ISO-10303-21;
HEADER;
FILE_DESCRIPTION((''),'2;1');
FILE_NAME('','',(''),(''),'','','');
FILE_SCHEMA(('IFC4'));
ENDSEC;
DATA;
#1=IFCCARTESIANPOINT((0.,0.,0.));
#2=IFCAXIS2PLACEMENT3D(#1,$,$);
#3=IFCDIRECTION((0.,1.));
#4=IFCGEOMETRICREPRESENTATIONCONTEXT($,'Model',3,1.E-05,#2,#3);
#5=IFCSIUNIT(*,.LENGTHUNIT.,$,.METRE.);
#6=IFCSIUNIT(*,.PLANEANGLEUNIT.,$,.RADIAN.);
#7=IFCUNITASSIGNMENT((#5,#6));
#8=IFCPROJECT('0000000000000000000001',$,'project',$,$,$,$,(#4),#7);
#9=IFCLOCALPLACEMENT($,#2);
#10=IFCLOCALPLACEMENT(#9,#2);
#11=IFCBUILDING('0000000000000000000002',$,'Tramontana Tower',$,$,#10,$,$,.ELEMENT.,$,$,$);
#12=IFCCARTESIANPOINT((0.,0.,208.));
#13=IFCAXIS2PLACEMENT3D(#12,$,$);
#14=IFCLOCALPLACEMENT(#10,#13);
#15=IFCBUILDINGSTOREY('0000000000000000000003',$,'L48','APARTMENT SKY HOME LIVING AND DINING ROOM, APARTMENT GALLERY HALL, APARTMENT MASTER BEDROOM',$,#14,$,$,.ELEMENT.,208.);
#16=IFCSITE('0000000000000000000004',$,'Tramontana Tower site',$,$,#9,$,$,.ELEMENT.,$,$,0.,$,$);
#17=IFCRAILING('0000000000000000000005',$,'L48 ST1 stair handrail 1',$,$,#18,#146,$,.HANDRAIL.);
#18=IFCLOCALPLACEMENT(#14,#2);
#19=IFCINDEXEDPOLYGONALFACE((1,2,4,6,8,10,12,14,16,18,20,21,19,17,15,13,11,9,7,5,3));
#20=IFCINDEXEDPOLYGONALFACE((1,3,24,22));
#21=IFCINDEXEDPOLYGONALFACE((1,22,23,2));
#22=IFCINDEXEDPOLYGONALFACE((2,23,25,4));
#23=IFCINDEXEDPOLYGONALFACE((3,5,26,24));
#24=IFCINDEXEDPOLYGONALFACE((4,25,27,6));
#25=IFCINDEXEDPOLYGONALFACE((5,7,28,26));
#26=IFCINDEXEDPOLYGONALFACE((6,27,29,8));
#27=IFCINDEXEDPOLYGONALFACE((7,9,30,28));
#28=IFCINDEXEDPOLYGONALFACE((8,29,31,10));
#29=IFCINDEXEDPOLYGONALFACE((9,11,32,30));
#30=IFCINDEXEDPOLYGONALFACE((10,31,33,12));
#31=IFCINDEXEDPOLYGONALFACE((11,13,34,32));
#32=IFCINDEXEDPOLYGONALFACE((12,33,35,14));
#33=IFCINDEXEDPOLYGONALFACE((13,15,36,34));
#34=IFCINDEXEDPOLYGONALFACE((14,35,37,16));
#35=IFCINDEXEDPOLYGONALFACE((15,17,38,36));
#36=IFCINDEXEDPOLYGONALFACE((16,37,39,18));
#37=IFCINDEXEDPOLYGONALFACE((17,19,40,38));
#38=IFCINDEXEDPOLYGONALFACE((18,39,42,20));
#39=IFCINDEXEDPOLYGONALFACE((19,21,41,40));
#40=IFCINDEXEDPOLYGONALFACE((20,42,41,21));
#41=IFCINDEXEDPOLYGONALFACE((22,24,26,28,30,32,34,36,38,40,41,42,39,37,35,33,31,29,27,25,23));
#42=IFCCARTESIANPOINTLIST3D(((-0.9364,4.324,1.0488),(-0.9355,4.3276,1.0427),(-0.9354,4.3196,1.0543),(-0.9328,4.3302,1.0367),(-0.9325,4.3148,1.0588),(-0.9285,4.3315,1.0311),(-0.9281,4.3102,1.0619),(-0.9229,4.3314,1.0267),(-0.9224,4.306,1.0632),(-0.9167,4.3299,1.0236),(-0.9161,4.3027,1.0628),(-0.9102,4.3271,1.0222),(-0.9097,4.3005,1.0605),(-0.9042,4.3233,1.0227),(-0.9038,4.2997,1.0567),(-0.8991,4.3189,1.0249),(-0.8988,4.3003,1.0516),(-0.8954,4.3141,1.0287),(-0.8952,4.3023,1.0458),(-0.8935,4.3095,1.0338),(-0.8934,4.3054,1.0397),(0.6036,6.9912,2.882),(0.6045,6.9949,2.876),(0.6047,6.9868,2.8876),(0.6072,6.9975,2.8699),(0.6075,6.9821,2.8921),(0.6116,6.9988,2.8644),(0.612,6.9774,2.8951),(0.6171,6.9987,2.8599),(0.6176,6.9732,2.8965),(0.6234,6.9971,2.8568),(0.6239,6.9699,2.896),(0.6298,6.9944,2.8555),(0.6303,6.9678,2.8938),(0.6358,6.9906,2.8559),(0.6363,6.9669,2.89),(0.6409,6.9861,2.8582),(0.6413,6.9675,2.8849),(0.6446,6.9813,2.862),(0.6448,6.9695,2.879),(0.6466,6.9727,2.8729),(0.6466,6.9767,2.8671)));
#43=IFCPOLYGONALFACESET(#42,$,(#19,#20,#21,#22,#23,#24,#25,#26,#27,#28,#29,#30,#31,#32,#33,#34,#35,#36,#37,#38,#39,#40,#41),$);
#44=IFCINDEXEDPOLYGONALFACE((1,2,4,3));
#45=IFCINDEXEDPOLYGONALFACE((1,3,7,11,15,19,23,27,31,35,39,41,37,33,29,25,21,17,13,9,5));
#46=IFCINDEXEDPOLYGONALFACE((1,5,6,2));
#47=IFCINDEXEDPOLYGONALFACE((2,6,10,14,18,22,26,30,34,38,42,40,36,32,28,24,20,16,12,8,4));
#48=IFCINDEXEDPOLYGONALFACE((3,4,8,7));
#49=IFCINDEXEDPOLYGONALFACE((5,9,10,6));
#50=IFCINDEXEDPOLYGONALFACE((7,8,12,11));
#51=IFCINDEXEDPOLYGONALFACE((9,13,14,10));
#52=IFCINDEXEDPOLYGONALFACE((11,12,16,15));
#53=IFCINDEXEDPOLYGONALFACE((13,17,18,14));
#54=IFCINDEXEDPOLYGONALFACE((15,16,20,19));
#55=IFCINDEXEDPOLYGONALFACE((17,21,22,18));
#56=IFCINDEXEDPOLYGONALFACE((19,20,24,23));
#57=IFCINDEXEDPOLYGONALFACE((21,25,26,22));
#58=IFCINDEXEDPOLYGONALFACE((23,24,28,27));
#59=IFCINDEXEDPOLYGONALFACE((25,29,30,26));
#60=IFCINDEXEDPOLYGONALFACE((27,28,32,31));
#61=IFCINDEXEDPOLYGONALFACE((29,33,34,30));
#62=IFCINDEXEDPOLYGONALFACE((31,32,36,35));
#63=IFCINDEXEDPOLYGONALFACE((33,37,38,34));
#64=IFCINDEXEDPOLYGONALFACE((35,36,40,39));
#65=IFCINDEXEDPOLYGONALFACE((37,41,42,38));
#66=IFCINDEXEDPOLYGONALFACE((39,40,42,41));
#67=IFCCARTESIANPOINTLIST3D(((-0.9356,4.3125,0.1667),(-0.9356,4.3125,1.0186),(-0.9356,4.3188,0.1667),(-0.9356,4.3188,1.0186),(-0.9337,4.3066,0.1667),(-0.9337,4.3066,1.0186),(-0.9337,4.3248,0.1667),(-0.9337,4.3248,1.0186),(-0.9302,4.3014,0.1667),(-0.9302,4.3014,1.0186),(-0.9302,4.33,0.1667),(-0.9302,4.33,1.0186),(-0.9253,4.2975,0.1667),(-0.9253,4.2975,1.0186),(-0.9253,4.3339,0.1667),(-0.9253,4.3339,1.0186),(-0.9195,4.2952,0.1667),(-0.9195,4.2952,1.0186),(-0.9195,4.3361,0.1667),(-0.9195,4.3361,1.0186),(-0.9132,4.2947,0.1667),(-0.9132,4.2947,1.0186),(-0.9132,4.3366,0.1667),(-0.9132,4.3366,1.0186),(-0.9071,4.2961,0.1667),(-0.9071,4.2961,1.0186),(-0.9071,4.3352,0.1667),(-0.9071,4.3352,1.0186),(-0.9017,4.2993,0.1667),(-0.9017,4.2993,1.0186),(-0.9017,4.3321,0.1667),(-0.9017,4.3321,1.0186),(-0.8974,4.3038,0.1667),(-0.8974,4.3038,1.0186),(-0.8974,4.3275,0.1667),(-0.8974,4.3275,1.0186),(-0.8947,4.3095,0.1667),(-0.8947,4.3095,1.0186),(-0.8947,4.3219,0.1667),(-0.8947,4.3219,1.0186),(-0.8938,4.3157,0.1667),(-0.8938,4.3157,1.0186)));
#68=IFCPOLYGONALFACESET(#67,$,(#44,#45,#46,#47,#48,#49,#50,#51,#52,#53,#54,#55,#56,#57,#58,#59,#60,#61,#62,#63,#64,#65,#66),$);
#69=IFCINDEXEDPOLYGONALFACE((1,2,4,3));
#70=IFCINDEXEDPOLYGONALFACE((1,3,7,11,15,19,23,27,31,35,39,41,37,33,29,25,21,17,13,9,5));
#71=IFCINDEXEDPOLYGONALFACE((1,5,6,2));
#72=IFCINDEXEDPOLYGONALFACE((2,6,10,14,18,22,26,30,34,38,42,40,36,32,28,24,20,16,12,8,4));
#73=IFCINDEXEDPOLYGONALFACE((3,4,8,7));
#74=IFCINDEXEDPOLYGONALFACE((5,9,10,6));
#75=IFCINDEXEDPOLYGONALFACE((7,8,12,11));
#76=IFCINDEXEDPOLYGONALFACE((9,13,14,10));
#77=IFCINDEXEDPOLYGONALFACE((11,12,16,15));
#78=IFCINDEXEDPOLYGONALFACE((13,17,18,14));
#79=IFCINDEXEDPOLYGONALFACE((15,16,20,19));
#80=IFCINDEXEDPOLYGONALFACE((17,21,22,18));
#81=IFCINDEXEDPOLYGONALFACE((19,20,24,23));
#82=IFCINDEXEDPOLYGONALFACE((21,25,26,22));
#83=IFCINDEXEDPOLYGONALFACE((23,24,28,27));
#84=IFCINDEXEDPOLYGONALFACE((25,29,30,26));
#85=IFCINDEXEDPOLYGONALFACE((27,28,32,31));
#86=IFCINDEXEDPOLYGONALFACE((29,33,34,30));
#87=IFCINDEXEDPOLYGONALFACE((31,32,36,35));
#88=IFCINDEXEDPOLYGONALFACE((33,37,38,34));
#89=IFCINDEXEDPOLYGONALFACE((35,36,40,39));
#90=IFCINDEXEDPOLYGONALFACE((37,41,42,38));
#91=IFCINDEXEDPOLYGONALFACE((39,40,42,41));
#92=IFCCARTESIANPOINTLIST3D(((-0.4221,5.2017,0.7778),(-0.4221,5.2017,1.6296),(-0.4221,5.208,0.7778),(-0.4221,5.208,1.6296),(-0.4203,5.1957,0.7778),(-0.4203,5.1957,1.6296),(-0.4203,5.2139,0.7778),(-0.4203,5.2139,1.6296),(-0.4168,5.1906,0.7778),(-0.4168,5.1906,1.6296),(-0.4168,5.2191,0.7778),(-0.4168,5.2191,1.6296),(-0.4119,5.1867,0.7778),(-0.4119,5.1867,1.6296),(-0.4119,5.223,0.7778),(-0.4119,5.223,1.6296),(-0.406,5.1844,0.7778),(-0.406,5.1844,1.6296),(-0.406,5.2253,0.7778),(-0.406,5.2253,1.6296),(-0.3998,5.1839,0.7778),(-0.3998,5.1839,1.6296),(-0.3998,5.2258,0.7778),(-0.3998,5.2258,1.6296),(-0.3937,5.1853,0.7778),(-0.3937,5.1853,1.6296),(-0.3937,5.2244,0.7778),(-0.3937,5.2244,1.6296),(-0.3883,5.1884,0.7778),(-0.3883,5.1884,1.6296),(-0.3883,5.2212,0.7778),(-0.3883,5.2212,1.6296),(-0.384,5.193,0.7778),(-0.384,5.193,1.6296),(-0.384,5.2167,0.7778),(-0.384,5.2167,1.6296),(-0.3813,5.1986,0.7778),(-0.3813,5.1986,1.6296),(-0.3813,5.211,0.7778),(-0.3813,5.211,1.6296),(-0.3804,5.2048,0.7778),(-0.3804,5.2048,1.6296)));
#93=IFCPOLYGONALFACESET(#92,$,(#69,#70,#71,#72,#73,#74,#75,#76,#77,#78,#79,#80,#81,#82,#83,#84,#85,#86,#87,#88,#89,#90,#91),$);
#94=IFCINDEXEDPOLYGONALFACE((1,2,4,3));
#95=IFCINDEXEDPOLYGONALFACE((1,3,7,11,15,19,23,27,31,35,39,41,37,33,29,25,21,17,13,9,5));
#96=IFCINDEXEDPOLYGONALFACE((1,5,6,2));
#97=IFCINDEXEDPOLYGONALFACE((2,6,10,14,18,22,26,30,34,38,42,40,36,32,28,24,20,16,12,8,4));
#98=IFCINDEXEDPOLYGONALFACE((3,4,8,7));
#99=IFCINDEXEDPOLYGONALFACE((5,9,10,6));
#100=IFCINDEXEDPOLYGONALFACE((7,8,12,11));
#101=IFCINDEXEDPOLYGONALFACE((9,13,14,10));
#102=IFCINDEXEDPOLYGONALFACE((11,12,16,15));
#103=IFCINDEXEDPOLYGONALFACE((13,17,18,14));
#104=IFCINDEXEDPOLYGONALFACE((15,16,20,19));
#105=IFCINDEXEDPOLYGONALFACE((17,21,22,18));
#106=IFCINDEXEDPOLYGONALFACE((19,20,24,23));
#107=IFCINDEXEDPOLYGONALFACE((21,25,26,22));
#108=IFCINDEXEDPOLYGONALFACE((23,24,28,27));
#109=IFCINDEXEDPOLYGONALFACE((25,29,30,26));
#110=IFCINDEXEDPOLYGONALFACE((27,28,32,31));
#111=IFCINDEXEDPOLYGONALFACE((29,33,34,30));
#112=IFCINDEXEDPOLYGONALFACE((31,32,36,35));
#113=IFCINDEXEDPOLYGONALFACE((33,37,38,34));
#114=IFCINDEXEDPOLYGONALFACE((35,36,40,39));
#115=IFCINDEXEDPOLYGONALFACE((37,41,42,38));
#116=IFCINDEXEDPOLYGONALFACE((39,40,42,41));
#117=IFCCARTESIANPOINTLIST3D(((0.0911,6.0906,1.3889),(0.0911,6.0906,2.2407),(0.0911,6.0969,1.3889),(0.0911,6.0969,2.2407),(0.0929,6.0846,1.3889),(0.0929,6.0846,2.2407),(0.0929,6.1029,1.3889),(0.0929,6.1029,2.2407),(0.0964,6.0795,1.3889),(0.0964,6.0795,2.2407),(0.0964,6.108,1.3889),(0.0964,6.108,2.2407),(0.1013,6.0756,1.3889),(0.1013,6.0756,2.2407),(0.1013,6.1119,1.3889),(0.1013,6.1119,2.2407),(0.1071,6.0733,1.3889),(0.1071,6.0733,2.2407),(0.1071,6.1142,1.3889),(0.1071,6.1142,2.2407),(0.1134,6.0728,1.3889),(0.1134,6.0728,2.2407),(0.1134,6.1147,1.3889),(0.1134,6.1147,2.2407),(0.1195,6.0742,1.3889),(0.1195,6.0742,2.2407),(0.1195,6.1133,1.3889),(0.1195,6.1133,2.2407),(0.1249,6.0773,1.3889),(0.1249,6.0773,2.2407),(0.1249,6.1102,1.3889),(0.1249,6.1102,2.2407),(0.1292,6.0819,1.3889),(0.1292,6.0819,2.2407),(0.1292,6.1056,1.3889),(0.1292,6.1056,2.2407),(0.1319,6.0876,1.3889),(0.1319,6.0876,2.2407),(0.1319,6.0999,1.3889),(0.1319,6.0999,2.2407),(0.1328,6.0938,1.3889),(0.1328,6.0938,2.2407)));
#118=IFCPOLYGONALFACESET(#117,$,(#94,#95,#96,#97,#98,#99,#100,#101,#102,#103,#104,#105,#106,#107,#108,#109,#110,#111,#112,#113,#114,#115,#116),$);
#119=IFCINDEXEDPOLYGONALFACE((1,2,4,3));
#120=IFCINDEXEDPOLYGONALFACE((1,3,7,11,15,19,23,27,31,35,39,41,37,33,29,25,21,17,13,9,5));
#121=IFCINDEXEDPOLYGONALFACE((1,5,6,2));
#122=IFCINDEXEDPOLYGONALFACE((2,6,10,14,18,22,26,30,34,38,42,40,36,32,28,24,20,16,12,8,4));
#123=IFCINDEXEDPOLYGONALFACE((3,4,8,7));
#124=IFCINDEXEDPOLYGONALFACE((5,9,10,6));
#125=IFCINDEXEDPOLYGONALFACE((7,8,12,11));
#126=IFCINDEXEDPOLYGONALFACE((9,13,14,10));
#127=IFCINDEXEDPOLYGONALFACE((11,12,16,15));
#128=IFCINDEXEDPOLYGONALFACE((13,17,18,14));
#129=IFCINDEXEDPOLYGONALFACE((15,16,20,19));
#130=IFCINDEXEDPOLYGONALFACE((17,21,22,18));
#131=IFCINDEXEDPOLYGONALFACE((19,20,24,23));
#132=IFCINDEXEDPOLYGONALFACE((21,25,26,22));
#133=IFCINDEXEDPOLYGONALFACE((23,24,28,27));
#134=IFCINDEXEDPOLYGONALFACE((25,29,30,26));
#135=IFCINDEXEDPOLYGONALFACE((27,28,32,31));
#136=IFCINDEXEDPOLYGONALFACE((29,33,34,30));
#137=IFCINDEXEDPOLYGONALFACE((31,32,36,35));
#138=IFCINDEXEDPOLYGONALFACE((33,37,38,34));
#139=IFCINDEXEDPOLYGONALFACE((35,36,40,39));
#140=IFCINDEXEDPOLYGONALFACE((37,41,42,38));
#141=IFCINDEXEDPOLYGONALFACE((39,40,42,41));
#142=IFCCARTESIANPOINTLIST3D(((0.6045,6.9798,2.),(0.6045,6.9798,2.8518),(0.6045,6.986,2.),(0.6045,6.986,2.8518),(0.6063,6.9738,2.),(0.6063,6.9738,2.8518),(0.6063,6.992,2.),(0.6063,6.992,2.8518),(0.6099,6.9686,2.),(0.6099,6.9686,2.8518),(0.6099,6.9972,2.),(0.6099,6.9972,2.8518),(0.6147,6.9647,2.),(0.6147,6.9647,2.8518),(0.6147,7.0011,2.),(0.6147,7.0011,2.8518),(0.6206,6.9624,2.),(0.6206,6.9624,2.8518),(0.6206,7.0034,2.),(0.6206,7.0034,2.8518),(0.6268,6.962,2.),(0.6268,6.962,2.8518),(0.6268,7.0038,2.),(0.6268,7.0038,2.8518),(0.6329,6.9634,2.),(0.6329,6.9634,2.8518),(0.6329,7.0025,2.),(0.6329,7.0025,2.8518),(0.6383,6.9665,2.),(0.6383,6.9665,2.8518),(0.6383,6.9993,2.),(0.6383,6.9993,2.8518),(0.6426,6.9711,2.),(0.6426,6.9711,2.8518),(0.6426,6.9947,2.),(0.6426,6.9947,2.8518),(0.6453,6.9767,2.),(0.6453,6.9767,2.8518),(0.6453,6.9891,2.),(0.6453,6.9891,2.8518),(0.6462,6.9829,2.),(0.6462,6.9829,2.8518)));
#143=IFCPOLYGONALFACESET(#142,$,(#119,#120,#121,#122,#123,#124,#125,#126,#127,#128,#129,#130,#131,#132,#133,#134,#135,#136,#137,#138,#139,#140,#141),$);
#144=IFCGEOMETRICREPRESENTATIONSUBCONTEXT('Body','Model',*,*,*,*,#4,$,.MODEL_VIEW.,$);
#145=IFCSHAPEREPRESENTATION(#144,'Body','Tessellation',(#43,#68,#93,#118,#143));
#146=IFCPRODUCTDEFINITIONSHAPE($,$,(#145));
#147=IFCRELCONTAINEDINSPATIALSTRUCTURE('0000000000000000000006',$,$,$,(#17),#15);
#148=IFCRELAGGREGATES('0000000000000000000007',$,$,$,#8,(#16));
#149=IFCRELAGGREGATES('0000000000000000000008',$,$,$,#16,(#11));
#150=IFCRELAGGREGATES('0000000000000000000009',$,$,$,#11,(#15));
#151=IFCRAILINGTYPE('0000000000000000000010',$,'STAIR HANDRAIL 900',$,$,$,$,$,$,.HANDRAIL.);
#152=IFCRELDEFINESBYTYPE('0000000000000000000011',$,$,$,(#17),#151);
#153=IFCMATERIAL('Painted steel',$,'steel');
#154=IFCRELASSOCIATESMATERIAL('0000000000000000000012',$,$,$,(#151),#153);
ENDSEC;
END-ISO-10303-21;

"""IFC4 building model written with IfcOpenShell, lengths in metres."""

from ifc_helpers import new_model, si_unit, direction, frame, origin, origin_2d, place, context, subcontext, project, spatial, circle, extrude, material, type_object, element, save


model = new_model("IFC4")

# Units and contexts
model_context = context("Model", 3, precision=1e-05, world=origin(), true_north=direction((0.0, 1.0)))
body_context = subcontext(model_context, "Body", "Model", "MODEL_VIEW")
ifc_project = project(units=[si_unit("LENGTHUNIT", "METRE"), si_unit("PLANEANGLEUNIT", "RADIAN")], contexts=[model_context])

# Site, building, storey
site_placement = place(None, origin())
site = spatial("IfcSite", under=ifc_project, at=site_placement, Name="Tramontana Tower site", CompositionType="ELEMENT", RefElevation=0.0)
building_placement = place(site_placement, origin())
building = spatial("IfcBuilding", under=site, at=building_placement, Name="Tramontana Tower", CompositionType="ELEMENT")
storey_placement = place(building_placement, frame((0.0, 0.0, 208.0)))
storey = spatial("IfcBuildingStorey", under=building, at=storey_placement, Name="L48", Description="APARTMENT SKY HOME LIVING AND DINING ROOM, APARTMENT GALLERY HALL, APARTMENT MASTER BEDROOM", CompositionType="ELEMENT", Elevation=208.0)

# Railing
ifc_material_1 = material(Name="Painted steel", Category="steel")
railing_type_1 = type_object("IfcRailingType", Name="STAIR HANDRAIL 900", PredefinedType="HANDRAIL", material=ifc_material_1)
railing_1_placement = place(storey_placement, frame((-0.9148, 4.3157, 0.1667)))
element("IfcRailing", 1, at=railing_1_placement, inside=storey, type_object=railing_type_1, Name="L48 ST1 stair handrail 1", PredefinedType="HANDRAIL", context=body_context, shape_type="SweptSolid", body=[
    extrude(circle(Radius=0.0239, at=origin_2d()), frame((0.0, 0.0, 0.876), z_axis=(0.429671, 0.744159, 0.511478), x_axis=(-0.86601, 0.500027, 0.0)), (0.0, 0.0, 1.0), 3.5842),
    extrude(circle(Radius=0.021, at=origin_2d()), origin(), (0.0, 0.0, 1.0), 0.8518),
    extrude(circle(Radius=0.021, at=origin_2d()), frame((0.5134, 0.8892, 0.6111)), (0.0, 0.0, 1.0), 0.8518),
    extrude(circle(Radius=0.021, at=origin_2d()), frame((1.0266, 1.7781, 1.2222)), (0.0, 0.0, 1.0), 0.8518),
    extrude(circle(Radius=0.021, at=origin_2d()), frame((1.54, 2.6672, 1.8333)), (0.0, 0.0, 1.0), 0.8518),
])

save(model, "model.ifc")
